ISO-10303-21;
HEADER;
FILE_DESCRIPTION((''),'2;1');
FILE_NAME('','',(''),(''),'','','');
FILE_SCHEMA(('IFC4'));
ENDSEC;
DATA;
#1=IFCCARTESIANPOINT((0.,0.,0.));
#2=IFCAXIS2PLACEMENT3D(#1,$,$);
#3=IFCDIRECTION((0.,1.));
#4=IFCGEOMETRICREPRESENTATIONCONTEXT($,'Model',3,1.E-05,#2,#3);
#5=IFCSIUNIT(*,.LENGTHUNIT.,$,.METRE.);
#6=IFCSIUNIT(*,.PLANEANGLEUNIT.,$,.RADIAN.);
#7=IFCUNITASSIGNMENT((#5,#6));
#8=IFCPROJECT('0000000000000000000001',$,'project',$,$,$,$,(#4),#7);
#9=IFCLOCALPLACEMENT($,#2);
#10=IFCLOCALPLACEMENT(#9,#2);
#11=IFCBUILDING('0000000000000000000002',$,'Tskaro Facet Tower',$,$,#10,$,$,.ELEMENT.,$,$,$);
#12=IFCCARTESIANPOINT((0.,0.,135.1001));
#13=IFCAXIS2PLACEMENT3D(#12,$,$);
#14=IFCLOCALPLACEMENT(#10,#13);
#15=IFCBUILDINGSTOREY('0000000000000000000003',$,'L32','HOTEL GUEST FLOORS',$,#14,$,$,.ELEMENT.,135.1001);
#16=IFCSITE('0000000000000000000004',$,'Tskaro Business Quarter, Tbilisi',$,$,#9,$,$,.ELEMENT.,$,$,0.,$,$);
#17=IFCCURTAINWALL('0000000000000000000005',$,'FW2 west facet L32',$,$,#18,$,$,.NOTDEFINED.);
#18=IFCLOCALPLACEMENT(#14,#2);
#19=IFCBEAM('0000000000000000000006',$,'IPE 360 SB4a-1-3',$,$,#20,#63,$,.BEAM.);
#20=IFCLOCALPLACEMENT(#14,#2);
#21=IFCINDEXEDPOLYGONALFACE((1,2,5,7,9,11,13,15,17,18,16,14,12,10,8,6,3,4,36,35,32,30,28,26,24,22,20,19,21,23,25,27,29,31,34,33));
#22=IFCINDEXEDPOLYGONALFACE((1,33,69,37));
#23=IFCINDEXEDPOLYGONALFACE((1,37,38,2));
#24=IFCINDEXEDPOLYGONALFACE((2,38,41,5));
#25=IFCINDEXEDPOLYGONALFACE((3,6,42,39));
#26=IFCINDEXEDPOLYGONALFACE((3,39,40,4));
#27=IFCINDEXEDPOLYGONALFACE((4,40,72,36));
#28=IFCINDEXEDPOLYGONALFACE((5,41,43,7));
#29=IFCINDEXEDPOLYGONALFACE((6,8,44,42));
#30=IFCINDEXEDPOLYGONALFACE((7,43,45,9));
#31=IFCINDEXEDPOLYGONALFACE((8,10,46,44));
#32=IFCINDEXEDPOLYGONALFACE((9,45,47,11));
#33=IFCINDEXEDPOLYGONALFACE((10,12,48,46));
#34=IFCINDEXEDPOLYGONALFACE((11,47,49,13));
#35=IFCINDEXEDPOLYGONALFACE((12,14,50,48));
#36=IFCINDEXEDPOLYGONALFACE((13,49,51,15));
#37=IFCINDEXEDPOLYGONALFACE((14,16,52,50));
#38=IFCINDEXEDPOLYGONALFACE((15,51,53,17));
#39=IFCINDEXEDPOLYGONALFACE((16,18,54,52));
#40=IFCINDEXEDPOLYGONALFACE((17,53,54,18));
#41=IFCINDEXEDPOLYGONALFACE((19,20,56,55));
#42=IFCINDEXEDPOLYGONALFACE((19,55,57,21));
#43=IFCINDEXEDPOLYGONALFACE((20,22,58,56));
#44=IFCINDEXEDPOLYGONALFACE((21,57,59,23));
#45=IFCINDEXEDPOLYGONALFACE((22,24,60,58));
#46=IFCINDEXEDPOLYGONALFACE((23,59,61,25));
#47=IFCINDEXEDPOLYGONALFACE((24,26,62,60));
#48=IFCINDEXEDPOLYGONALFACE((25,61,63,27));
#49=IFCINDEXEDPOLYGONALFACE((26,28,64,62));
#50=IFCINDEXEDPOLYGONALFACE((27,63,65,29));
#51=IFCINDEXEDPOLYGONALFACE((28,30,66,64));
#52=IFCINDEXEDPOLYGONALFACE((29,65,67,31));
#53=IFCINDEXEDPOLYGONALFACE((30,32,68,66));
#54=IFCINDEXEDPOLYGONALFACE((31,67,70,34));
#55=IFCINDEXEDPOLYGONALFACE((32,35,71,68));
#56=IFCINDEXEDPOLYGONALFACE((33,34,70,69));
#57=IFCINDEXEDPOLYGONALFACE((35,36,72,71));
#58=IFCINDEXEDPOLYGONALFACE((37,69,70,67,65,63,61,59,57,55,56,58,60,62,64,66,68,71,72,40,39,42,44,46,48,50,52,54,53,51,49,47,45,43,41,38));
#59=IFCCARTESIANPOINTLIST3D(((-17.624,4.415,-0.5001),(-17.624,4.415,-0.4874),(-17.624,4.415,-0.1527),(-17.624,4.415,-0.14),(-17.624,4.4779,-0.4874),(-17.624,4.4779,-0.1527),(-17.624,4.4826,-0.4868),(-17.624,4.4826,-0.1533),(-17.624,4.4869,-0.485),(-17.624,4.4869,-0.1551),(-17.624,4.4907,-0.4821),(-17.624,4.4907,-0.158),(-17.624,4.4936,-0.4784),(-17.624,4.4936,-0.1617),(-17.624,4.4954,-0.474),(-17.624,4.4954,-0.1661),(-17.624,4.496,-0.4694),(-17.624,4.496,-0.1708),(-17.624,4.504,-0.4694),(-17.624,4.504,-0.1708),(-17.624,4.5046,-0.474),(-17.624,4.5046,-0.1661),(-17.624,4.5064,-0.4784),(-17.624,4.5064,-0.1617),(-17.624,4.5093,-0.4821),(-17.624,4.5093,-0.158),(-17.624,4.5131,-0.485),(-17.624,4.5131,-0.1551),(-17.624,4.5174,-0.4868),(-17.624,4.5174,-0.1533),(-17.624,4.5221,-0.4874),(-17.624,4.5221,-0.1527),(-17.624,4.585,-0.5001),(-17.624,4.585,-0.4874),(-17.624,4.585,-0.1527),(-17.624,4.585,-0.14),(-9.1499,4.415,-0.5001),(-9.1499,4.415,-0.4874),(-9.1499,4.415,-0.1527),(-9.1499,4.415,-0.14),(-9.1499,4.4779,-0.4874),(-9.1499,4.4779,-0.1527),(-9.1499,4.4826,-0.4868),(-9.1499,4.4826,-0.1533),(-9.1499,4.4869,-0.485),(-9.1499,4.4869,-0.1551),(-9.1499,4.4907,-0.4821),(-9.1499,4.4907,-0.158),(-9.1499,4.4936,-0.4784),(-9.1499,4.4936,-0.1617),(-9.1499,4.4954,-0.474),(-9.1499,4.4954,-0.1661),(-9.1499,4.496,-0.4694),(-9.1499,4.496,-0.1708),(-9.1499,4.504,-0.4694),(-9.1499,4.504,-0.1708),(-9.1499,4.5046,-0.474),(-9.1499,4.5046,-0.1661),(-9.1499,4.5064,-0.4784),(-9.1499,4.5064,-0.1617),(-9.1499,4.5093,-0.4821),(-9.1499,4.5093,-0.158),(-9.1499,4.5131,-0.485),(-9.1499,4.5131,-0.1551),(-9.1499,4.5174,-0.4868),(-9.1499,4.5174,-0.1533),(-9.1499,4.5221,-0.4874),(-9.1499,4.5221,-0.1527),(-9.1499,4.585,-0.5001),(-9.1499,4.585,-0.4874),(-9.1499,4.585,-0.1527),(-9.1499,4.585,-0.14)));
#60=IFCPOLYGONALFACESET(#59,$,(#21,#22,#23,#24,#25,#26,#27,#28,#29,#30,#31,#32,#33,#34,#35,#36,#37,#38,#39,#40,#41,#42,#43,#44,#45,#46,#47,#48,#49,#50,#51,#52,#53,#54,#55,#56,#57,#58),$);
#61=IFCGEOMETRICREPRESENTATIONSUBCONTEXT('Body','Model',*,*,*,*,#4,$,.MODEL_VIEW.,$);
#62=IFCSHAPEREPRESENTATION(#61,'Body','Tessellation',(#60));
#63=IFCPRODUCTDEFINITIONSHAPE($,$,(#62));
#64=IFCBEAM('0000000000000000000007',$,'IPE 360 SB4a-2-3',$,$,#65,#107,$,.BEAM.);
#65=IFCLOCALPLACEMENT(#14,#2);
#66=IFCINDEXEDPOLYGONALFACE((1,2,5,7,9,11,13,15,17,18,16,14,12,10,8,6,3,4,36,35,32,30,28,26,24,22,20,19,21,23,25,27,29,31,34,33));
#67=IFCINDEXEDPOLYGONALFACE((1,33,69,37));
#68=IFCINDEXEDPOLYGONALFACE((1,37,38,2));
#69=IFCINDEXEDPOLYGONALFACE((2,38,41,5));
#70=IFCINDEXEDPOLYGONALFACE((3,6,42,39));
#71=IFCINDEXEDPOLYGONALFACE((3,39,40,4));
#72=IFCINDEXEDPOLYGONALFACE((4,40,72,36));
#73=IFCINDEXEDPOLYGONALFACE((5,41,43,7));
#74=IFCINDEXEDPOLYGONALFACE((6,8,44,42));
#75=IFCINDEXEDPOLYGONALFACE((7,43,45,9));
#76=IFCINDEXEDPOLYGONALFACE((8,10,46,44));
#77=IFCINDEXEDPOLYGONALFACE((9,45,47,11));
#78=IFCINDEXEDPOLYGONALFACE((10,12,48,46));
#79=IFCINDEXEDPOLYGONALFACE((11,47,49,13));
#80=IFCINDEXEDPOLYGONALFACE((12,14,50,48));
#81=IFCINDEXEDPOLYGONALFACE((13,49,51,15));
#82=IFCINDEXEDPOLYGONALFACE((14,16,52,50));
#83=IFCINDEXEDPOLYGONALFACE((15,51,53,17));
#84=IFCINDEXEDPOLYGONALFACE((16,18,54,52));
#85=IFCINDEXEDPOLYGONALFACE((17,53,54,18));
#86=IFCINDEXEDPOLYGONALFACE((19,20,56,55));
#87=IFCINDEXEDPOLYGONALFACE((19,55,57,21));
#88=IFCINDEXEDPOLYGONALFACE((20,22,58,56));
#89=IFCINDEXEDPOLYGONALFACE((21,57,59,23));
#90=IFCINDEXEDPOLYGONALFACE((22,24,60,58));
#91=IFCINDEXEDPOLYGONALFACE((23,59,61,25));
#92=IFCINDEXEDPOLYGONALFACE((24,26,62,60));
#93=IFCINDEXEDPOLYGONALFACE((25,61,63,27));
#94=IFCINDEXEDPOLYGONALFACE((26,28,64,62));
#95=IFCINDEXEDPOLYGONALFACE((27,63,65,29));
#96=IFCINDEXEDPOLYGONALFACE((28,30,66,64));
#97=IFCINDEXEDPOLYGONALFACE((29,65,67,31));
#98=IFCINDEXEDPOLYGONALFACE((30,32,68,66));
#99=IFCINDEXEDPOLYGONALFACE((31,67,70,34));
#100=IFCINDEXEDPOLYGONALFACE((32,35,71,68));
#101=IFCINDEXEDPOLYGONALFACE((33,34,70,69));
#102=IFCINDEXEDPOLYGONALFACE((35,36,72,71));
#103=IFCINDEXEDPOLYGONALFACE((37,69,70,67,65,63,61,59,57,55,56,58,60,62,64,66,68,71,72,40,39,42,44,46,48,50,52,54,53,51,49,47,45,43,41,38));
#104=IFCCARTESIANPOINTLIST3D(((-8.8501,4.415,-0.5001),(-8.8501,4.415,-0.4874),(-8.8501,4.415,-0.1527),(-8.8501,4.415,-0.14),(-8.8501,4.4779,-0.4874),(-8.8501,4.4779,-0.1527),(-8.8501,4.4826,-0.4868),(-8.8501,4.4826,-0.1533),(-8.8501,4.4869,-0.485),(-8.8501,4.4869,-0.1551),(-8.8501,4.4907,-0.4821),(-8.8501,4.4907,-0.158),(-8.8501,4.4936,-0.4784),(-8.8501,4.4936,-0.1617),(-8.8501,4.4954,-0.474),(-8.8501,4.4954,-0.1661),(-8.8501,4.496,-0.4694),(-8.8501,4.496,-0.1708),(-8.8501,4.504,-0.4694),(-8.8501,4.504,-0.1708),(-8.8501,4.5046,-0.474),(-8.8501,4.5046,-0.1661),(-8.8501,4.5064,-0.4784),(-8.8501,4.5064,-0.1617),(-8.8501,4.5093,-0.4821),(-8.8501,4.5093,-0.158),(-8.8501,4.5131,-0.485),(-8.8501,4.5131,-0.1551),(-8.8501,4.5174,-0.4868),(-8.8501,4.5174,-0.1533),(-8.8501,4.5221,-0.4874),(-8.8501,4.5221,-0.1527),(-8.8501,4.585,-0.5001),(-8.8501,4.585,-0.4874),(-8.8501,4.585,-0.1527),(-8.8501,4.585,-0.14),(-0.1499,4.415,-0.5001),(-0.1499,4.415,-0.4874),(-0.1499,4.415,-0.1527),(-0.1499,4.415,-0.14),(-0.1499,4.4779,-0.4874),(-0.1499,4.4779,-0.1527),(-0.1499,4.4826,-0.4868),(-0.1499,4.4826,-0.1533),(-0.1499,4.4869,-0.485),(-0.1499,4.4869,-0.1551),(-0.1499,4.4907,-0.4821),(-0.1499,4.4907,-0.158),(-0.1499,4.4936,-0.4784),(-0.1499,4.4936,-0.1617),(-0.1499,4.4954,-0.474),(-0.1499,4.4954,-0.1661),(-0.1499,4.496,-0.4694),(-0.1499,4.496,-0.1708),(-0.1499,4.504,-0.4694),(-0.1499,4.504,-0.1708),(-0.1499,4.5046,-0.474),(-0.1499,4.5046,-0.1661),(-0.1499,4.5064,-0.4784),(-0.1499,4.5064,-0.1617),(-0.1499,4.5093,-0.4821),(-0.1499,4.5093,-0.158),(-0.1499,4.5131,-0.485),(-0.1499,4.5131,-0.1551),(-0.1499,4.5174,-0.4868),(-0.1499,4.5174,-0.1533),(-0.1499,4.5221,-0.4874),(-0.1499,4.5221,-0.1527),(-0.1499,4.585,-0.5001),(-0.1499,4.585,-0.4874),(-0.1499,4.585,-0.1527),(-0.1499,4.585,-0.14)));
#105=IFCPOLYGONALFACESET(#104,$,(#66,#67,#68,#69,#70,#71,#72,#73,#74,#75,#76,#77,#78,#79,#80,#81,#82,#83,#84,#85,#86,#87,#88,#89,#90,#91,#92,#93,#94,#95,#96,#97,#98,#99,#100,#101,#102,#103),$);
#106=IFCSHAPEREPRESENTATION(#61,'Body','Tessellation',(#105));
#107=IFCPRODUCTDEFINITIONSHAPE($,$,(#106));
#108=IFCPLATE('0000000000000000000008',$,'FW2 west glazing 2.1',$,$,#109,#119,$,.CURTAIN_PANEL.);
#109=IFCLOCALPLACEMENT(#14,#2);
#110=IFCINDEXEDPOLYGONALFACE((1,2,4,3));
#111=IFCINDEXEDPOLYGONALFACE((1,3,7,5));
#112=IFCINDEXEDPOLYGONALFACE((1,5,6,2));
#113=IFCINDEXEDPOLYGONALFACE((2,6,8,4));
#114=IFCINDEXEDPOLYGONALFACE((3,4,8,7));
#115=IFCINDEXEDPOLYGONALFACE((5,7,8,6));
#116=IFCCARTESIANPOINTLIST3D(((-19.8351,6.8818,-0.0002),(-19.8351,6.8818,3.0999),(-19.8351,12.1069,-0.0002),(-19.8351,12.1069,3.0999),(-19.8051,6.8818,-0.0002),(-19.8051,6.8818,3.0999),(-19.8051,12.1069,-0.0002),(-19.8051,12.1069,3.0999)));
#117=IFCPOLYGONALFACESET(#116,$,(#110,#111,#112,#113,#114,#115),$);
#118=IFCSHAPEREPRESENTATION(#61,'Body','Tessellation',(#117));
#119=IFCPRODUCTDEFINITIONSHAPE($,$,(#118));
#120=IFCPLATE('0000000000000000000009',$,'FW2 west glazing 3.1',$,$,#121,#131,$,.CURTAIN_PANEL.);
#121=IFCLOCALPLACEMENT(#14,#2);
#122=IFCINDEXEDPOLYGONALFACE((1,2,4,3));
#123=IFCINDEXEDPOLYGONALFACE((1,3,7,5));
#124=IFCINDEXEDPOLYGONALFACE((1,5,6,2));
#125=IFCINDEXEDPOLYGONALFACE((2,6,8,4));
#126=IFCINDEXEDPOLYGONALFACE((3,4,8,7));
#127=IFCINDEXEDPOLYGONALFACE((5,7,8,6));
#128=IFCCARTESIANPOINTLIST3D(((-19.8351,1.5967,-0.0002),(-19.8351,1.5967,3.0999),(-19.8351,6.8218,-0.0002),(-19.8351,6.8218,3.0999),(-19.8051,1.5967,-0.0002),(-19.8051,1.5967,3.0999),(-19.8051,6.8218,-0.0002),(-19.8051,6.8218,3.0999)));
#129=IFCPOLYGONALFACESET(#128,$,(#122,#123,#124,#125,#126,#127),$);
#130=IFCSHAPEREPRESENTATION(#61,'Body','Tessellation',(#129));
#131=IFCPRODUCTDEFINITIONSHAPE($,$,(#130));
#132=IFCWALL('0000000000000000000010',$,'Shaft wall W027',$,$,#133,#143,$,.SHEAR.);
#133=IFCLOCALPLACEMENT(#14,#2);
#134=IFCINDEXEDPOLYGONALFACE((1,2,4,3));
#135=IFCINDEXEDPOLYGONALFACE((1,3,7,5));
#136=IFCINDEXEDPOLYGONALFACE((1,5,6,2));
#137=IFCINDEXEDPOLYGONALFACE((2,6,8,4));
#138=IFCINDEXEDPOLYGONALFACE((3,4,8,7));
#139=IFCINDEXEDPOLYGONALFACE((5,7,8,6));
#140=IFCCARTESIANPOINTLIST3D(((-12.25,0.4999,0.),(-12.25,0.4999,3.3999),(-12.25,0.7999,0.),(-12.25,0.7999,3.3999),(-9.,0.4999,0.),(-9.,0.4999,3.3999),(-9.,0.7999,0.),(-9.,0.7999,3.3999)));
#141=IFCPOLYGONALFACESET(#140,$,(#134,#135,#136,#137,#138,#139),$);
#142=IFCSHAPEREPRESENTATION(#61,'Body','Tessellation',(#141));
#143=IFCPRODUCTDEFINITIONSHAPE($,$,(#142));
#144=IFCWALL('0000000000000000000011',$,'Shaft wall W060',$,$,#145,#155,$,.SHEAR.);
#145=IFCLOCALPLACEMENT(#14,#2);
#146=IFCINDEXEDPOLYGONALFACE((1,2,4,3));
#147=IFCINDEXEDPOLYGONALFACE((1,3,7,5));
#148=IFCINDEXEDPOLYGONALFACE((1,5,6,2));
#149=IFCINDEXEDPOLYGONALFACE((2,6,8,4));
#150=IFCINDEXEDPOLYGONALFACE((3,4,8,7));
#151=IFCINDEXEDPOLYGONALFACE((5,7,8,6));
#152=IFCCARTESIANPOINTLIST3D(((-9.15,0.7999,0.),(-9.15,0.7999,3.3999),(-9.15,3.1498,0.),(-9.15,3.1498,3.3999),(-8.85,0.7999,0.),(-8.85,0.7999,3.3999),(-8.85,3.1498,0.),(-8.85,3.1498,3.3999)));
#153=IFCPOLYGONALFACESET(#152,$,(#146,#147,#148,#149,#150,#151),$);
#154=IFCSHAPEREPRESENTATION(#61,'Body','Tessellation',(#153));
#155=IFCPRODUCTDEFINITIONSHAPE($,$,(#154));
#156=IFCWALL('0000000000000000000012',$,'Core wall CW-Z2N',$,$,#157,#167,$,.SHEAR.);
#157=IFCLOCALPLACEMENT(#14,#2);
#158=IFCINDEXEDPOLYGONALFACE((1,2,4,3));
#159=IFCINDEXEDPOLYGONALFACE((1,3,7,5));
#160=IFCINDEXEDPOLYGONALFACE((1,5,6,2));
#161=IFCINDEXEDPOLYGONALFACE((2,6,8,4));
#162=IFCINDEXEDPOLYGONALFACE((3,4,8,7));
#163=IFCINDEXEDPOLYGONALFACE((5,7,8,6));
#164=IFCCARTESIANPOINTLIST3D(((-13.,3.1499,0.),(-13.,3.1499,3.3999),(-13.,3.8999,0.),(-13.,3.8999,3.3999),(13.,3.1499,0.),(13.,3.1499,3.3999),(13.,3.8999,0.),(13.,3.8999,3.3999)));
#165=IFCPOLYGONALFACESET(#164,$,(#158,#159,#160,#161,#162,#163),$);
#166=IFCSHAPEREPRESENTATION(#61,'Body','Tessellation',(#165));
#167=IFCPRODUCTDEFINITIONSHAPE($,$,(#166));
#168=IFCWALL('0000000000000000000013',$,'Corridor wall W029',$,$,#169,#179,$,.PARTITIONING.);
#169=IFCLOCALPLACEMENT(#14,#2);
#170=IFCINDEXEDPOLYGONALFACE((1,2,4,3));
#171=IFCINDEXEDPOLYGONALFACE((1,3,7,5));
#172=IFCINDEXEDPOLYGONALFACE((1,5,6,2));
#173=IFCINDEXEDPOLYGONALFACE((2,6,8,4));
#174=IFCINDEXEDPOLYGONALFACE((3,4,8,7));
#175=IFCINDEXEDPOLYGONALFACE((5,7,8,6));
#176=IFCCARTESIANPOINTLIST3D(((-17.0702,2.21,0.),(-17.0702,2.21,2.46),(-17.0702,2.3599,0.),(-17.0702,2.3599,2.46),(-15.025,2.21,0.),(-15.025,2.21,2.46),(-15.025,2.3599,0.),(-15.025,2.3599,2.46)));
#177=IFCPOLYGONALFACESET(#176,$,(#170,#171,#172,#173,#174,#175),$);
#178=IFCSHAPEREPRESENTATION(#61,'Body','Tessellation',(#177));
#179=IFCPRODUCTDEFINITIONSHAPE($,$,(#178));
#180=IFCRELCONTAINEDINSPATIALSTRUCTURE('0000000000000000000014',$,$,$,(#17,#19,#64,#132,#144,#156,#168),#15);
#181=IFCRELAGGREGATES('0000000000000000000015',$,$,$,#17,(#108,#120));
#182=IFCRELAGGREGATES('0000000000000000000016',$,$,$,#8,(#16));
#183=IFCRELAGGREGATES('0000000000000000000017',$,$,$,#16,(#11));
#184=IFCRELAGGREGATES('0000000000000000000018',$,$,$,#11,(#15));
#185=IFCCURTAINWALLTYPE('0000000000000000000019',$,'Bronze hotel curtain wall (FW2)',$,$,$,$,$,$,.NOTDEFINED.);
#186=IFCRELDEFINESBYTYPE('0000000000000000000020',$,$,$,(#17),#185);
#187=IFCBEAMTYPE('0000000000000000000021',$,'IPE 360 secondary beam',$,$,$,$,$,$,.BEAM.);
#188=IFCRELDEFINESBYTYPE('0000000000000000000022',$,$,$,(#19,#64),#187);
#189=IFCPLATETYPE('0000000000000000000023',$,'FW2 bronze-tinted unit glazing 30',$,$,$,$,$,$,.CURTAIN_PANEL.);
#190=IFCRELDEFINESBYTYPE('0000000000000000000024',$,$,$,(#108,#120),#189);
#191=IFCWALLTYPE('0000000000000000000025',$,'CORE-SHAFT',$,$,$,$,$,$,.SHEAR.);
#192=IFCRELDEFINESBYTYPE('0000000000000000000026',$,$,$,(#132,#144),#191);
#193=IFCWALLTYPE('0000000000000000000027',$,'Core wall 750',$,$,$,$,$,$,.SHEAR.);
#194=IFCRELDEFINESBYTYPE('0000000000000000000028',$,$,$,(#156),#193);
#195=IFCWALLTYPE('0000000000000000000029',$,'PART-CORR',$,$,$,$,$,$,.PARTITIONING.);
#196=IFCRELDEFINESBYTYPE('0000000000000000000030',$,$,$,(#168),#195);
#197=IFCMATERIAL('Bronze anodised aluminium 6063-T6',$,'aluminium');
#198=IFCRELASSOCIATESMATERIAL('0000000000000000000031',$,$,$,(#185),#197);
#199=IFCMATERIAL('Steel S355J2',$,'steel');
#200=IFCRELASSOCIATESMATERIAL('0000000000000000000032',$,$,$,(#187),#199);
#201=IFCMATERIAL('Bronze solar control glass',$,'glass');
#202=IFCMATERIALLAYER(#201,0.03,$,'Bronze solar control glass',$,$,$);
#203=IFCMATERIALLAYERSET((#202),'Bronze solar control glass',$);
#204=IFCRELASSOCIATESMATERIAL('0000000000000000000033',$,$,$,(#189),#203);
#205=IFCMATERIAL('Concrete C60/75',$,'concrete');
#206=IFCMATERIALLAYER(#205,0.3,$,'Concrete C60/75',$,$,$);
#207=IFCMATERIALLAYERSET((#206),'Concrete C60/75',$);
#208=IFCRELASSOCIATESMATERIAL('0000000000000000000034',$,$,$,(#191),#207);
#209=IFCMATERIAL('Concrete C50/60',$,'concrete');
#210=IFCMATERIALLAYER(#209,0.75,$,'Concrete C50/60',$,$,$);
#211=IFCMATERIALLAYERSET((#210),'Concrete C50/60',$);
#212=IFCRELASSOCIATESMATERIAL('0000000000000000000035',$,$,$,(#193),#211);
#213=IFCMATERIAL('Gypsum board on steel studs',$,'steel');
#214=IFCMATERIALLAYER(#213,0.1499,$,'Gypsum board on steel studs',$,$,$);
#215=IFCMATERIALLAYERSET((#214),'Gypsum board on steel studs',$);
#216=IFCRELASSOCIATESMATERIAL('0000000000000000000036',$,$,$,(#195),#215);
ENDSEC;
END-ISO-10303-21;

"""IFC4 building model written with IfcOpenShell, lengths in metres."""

from ifc_helpers import new_model, si_unit, direction, frame, frame_2d, origin, origin_2d, place, context, subcontext, project, spatial, rectangle, i_section, extrude, material, layer, layer_set, material_profile, profile_set, type_object, element, aggregate, save


model = new_model("IFC4")

# Units and contexts
model_context = context("Model", 3, precision=1e-05, world=origin(), true_north=direction((0.0, 1.0)))
body_context = subcontext(model_context, "Body", "Model", "MODEL_VIEW")
ifc_project = project(units=[si_unit("LENGTHUNIT", "METRE"), si_unit("PLANEANGLEUNIT", "RADIAN")], contexts=[model_context])

# Site, building, storey
site_placement = place(None, origin())
site = spatial("IfcSite", under=ifc_project, at=site_placement, Name="Tskaro Business Quarter, Tbilisi", CompositionType="ELEMENT", RefElevation=0.0)
building_placement = place(site_placement, origin())
building = spatial("IfcBuilding", under=site, at=building_placement, Name="Tskaro Facet Tower", CompositionType="ELEMENT")
storey_placement = place(building_placement, frame((0.0, 0.0, 135.1001)))
storey = spatial("IfcBuildingStorey", under=building, at=storey_placement, Name="L32", Description="HOTEL GUEST FLOORS", CompositionType="ELEMENT", Elevation=135.1001)

# Curtain wall
ifc_material_1 = material(Name="Bronze anodised aluminium 6063-T6", Category="aluminium")
curtain_wall_type = type_object("IfcCurtainWallType", Name="Bronze hotel curtain wall (FW2)", PredefinedType="NOTDEFINED", material=ifc_material_1)
curtain_wall_placement = place(storey_placement, origin())
curtain_wall = element("IfcCurtainWall", 1, at=curtain_wall_placement, inside=storey, type_object=curtain_wall_type, Name="FW2 west facet L32", PredefinedType="NOTDEFINED")

# Beams
ifc_material_2 = material(Name="Steel S355J2", Category="steel")
ifc_material_profile_1 = material_profile(ifc_material_2, i_section(OverallWidth=0.1699, OverallDepth=0.3601, WebThickness=0.0081, FlangeThickness=0.0127, FilletRadius=0.0181, at=origin_2d()), Name="IPE 360")
ifc_profile_set_1 = profile_set([ifc_material_profile_1], Name="Steel S355J2")
beam_type_1 = type_object("IfcBeamType", Name="IPE 360 secondary beam", PredefinedType="BEAM", material=ifc_profile_set_1)
beam_1_placement = place(storey_placement, frame((-17.624, 4.5, -0.3201), z_axis=(1.0, 0.0, 0.0), x_axis=(0.0, 1.0, 0.0)))
element("IfcBeam", 2, at=beam_1_placement, inside=storey, type_object=beam_type_1, Name="IPE 360 SB4a-1-3", PredefinedType="BEAM", context=body_context, shape_type="SweptSolid", body=[
    extrude(i_section(OverallWidth=0.1699, OverallDepth=0.3601, WebThickness=0.0081, FlangeThickness=0.0127, FilletRadius=0.0181, at=origin_2d()), origin(), (0.0, 0.0, 1.0), 8.4741),
])
beam_2_placement = place(storey_placement, frame((-8.8501, 4.5, -0.3201), z_axis=(1.0, 0.0, 0.0), x_axis=(0.0, 1.0, 0.0)))
element("IfcBeam", 3, at=beam_2_placement, inside=storey, type_object=beam_type_1, Name="IPE 360 SB4a-2-3", PredefinedType="BEAM", context=body_context, shape_type="SweptSolid", body=[
    extrude(i_section(OverallWidth=0.1699, OverallDepth=0.3601, WebThickness=0.0081, FlangeThickness=0.0127, FilletRadius=0.0181, at=origin_2d()), origin(), (0.0, 0.0, 1.0), 8.7002),
])

# Plates
ifc_material_3 = material(Name="Bronze solar control glass", Category="glass")
ifc_layer_1 = layer(ifc_material_3, 0.03, Name="Bronze solar control glass")
ifc_layer_set_1 = layer_set([ifc_layer_1], Name="Bronze solar control glass")
plate_type = type_object("IfcPlateType", Name="FW2 bronze-tinted unit glazing 30", PredefinedType="CURTAIN_PANEL", material=ifc_layer_set_1)
plate_1_placement = place(storey_placement, frame((-19.8201, 9.4944, -0.0002), z_axis=(0.0, 0.0, 1.0), x_axis=(0.0, -1.0, 0.0)))
plate_1 = element("IfcPlate", 4, at=plate_1_placement, type_object=plate_type, Name="FW2 west glazing 2.1", PredefinedType="CURTAIN_PANEL", context=body_context, shape_type="SweptSolid", body=[
    extrude(rectangle(XDim=5.2251, YDim=0.03, at=origin_2d()), origin(), (0.0, 0.0, 1.0), 3.1001),
])
plate_2_placement = place(storey_placement, frame((-19.8201, 4.2092, -0.0002), z_axis=(0.0, 0.0, 1.0), x_axis=(0.0, -1.0, 0.0)))
plate_2 = element("IfcPlate", 5, at=plate_2_placement, type_object=plate_type, Name="FW2 west glazing 3.1", PredefinedType="CURTAIN_PANEL", context=body_context, shape_type="SweptSolid", body=[
    extrude(rectangle(XDim=5.2251, YDim=0.03, at=origin_2d()), origin(), (0.0, 0.0, 1.0), 3.1001),
])
aggregate(curtain_wall, [plate_1, plate_2])

# Walls
ifc_material_4 = material(Name="Concrete C60/75", Category="concrete")
ifc_layer_2 = layer(ifc_material_4, 0.3, Name="Concrete C60/75")
ifc_layer_set_2 = layer_set([ifc_layer_2], Name="Concrete C60/75")
wall_type_1 = type_object("IfcWallType", Name="CORE-SHAFT", PredefinedType="SHEAR", material=ifc_layer_set_2)
wall_1_placement = place(storey_placement, frame((-9.0, 0.6499, 0.0), z_axis=(0.0, 0.0, 1.0), x_axis=(-1.0, 0.0, 0.0)))
element("IfcWall", 6, at=wall_1_placement, inside=storey, type_object=wall_type_1, Name="Shaft wall W027", PredefinedType="SHEAR", context=body_context, shape_type="SweptSolid", body=[
    extrude(rectangle(XDim=3.25, YDim=0.3, at=frame_2d((1.625, 0.0))), origin(), (0.0, 0.0, 1.0), 3.3999),
])
wall_2_placement = place(storey_placement, frame((-9.0, 0.8, 0.0), z_axis=(0.0, 0.0, 1.0), x_axis=(0.0, 1.0, 0.0)))
element("IfcWall", 7, at=wall_2_placement, inside=storey, type_object=wall_type_1, Name="Shaft wall W060", PredefinedType="SHEAR", context=body_context, shape_type="SweptSolid", body=[
    extrude(rectangle(XDim=2.3499, YDim=0.3, at=frame_2d((1.1748, 0.0))), origin(), (0.0, 0.0, 1.0), 3.3999),
])
ifc_material_5 = material(Name="Concrete C50/60", Category="concrete")
ifc_layer_3 = layer(ifc_material_5, 0.75, Name="Concrete C50/60")
ifc_layer_set_3 = layer_set([ifc_layer_3], Name="Concrete C50/60")
wall_type_2 = type_object("IfcWallType", Name="Core wall 750", PredefinedType="SHEAR", material=ifc_layer_set_3)
wall_3_placement = place(storey_placement, frame((-13.0, 3.5249, 0.0), z_axis=(0.0, 0.0, 1.0), x_axis=(1.0, 0.0, 0.0)))
element("IfcWall", 8, at=wall_3_placement, inside=storey, type_object=wall_type_2, Name="Core wall CW-Z2N", PredefinedType="SHEAR", context=body_context, shape_type="SweptSolid", body=[
    extrude(rectangle(XDim=26.0, YDim=0.75, at=frame_2d((13.0, 0.0))), origin(), (0.0, 0.0, 1.0), 3.3999),
])
ifc_material_6 = material(Name="Gypsum board on steel studs", Category="steel")
ifc_layer_4 = layer(ifc_material_6, 0.1499, Name="Gypsum board on steel studs")
ifc_layer_set_4 = layer_set([ifc_layer_4], Name="Gypsum board on steel studs")
wall_type_3 = type_object("IfcWallType", Name="PART-CORR", PredefinedType="PARTITIONING", material=ifc_layer_set_4)
wall_4_placement = place(storey_placement, frame((-17.0701, 2.2849, 0.0), z_axis=(0.0, 0.0, 1.0), x_axis=(1.0, 0.0, 0.0)))
element("IfcWall", 9, at=wall_4_placement, inside=storey, type_object=wall_type_3, Name="Corridor wall W029", PredefinedType="PARTITIONING", context=body_context, shape_type="SweptSolid", body=[
    extrude(rectangle(XDim=2.0452, YDim=0.1499, at=frame_2d((1.0225, 0.0))), origin(), (0.0, 0.0, 1.0), 2.46),
])

save(model, "model.ifc")
